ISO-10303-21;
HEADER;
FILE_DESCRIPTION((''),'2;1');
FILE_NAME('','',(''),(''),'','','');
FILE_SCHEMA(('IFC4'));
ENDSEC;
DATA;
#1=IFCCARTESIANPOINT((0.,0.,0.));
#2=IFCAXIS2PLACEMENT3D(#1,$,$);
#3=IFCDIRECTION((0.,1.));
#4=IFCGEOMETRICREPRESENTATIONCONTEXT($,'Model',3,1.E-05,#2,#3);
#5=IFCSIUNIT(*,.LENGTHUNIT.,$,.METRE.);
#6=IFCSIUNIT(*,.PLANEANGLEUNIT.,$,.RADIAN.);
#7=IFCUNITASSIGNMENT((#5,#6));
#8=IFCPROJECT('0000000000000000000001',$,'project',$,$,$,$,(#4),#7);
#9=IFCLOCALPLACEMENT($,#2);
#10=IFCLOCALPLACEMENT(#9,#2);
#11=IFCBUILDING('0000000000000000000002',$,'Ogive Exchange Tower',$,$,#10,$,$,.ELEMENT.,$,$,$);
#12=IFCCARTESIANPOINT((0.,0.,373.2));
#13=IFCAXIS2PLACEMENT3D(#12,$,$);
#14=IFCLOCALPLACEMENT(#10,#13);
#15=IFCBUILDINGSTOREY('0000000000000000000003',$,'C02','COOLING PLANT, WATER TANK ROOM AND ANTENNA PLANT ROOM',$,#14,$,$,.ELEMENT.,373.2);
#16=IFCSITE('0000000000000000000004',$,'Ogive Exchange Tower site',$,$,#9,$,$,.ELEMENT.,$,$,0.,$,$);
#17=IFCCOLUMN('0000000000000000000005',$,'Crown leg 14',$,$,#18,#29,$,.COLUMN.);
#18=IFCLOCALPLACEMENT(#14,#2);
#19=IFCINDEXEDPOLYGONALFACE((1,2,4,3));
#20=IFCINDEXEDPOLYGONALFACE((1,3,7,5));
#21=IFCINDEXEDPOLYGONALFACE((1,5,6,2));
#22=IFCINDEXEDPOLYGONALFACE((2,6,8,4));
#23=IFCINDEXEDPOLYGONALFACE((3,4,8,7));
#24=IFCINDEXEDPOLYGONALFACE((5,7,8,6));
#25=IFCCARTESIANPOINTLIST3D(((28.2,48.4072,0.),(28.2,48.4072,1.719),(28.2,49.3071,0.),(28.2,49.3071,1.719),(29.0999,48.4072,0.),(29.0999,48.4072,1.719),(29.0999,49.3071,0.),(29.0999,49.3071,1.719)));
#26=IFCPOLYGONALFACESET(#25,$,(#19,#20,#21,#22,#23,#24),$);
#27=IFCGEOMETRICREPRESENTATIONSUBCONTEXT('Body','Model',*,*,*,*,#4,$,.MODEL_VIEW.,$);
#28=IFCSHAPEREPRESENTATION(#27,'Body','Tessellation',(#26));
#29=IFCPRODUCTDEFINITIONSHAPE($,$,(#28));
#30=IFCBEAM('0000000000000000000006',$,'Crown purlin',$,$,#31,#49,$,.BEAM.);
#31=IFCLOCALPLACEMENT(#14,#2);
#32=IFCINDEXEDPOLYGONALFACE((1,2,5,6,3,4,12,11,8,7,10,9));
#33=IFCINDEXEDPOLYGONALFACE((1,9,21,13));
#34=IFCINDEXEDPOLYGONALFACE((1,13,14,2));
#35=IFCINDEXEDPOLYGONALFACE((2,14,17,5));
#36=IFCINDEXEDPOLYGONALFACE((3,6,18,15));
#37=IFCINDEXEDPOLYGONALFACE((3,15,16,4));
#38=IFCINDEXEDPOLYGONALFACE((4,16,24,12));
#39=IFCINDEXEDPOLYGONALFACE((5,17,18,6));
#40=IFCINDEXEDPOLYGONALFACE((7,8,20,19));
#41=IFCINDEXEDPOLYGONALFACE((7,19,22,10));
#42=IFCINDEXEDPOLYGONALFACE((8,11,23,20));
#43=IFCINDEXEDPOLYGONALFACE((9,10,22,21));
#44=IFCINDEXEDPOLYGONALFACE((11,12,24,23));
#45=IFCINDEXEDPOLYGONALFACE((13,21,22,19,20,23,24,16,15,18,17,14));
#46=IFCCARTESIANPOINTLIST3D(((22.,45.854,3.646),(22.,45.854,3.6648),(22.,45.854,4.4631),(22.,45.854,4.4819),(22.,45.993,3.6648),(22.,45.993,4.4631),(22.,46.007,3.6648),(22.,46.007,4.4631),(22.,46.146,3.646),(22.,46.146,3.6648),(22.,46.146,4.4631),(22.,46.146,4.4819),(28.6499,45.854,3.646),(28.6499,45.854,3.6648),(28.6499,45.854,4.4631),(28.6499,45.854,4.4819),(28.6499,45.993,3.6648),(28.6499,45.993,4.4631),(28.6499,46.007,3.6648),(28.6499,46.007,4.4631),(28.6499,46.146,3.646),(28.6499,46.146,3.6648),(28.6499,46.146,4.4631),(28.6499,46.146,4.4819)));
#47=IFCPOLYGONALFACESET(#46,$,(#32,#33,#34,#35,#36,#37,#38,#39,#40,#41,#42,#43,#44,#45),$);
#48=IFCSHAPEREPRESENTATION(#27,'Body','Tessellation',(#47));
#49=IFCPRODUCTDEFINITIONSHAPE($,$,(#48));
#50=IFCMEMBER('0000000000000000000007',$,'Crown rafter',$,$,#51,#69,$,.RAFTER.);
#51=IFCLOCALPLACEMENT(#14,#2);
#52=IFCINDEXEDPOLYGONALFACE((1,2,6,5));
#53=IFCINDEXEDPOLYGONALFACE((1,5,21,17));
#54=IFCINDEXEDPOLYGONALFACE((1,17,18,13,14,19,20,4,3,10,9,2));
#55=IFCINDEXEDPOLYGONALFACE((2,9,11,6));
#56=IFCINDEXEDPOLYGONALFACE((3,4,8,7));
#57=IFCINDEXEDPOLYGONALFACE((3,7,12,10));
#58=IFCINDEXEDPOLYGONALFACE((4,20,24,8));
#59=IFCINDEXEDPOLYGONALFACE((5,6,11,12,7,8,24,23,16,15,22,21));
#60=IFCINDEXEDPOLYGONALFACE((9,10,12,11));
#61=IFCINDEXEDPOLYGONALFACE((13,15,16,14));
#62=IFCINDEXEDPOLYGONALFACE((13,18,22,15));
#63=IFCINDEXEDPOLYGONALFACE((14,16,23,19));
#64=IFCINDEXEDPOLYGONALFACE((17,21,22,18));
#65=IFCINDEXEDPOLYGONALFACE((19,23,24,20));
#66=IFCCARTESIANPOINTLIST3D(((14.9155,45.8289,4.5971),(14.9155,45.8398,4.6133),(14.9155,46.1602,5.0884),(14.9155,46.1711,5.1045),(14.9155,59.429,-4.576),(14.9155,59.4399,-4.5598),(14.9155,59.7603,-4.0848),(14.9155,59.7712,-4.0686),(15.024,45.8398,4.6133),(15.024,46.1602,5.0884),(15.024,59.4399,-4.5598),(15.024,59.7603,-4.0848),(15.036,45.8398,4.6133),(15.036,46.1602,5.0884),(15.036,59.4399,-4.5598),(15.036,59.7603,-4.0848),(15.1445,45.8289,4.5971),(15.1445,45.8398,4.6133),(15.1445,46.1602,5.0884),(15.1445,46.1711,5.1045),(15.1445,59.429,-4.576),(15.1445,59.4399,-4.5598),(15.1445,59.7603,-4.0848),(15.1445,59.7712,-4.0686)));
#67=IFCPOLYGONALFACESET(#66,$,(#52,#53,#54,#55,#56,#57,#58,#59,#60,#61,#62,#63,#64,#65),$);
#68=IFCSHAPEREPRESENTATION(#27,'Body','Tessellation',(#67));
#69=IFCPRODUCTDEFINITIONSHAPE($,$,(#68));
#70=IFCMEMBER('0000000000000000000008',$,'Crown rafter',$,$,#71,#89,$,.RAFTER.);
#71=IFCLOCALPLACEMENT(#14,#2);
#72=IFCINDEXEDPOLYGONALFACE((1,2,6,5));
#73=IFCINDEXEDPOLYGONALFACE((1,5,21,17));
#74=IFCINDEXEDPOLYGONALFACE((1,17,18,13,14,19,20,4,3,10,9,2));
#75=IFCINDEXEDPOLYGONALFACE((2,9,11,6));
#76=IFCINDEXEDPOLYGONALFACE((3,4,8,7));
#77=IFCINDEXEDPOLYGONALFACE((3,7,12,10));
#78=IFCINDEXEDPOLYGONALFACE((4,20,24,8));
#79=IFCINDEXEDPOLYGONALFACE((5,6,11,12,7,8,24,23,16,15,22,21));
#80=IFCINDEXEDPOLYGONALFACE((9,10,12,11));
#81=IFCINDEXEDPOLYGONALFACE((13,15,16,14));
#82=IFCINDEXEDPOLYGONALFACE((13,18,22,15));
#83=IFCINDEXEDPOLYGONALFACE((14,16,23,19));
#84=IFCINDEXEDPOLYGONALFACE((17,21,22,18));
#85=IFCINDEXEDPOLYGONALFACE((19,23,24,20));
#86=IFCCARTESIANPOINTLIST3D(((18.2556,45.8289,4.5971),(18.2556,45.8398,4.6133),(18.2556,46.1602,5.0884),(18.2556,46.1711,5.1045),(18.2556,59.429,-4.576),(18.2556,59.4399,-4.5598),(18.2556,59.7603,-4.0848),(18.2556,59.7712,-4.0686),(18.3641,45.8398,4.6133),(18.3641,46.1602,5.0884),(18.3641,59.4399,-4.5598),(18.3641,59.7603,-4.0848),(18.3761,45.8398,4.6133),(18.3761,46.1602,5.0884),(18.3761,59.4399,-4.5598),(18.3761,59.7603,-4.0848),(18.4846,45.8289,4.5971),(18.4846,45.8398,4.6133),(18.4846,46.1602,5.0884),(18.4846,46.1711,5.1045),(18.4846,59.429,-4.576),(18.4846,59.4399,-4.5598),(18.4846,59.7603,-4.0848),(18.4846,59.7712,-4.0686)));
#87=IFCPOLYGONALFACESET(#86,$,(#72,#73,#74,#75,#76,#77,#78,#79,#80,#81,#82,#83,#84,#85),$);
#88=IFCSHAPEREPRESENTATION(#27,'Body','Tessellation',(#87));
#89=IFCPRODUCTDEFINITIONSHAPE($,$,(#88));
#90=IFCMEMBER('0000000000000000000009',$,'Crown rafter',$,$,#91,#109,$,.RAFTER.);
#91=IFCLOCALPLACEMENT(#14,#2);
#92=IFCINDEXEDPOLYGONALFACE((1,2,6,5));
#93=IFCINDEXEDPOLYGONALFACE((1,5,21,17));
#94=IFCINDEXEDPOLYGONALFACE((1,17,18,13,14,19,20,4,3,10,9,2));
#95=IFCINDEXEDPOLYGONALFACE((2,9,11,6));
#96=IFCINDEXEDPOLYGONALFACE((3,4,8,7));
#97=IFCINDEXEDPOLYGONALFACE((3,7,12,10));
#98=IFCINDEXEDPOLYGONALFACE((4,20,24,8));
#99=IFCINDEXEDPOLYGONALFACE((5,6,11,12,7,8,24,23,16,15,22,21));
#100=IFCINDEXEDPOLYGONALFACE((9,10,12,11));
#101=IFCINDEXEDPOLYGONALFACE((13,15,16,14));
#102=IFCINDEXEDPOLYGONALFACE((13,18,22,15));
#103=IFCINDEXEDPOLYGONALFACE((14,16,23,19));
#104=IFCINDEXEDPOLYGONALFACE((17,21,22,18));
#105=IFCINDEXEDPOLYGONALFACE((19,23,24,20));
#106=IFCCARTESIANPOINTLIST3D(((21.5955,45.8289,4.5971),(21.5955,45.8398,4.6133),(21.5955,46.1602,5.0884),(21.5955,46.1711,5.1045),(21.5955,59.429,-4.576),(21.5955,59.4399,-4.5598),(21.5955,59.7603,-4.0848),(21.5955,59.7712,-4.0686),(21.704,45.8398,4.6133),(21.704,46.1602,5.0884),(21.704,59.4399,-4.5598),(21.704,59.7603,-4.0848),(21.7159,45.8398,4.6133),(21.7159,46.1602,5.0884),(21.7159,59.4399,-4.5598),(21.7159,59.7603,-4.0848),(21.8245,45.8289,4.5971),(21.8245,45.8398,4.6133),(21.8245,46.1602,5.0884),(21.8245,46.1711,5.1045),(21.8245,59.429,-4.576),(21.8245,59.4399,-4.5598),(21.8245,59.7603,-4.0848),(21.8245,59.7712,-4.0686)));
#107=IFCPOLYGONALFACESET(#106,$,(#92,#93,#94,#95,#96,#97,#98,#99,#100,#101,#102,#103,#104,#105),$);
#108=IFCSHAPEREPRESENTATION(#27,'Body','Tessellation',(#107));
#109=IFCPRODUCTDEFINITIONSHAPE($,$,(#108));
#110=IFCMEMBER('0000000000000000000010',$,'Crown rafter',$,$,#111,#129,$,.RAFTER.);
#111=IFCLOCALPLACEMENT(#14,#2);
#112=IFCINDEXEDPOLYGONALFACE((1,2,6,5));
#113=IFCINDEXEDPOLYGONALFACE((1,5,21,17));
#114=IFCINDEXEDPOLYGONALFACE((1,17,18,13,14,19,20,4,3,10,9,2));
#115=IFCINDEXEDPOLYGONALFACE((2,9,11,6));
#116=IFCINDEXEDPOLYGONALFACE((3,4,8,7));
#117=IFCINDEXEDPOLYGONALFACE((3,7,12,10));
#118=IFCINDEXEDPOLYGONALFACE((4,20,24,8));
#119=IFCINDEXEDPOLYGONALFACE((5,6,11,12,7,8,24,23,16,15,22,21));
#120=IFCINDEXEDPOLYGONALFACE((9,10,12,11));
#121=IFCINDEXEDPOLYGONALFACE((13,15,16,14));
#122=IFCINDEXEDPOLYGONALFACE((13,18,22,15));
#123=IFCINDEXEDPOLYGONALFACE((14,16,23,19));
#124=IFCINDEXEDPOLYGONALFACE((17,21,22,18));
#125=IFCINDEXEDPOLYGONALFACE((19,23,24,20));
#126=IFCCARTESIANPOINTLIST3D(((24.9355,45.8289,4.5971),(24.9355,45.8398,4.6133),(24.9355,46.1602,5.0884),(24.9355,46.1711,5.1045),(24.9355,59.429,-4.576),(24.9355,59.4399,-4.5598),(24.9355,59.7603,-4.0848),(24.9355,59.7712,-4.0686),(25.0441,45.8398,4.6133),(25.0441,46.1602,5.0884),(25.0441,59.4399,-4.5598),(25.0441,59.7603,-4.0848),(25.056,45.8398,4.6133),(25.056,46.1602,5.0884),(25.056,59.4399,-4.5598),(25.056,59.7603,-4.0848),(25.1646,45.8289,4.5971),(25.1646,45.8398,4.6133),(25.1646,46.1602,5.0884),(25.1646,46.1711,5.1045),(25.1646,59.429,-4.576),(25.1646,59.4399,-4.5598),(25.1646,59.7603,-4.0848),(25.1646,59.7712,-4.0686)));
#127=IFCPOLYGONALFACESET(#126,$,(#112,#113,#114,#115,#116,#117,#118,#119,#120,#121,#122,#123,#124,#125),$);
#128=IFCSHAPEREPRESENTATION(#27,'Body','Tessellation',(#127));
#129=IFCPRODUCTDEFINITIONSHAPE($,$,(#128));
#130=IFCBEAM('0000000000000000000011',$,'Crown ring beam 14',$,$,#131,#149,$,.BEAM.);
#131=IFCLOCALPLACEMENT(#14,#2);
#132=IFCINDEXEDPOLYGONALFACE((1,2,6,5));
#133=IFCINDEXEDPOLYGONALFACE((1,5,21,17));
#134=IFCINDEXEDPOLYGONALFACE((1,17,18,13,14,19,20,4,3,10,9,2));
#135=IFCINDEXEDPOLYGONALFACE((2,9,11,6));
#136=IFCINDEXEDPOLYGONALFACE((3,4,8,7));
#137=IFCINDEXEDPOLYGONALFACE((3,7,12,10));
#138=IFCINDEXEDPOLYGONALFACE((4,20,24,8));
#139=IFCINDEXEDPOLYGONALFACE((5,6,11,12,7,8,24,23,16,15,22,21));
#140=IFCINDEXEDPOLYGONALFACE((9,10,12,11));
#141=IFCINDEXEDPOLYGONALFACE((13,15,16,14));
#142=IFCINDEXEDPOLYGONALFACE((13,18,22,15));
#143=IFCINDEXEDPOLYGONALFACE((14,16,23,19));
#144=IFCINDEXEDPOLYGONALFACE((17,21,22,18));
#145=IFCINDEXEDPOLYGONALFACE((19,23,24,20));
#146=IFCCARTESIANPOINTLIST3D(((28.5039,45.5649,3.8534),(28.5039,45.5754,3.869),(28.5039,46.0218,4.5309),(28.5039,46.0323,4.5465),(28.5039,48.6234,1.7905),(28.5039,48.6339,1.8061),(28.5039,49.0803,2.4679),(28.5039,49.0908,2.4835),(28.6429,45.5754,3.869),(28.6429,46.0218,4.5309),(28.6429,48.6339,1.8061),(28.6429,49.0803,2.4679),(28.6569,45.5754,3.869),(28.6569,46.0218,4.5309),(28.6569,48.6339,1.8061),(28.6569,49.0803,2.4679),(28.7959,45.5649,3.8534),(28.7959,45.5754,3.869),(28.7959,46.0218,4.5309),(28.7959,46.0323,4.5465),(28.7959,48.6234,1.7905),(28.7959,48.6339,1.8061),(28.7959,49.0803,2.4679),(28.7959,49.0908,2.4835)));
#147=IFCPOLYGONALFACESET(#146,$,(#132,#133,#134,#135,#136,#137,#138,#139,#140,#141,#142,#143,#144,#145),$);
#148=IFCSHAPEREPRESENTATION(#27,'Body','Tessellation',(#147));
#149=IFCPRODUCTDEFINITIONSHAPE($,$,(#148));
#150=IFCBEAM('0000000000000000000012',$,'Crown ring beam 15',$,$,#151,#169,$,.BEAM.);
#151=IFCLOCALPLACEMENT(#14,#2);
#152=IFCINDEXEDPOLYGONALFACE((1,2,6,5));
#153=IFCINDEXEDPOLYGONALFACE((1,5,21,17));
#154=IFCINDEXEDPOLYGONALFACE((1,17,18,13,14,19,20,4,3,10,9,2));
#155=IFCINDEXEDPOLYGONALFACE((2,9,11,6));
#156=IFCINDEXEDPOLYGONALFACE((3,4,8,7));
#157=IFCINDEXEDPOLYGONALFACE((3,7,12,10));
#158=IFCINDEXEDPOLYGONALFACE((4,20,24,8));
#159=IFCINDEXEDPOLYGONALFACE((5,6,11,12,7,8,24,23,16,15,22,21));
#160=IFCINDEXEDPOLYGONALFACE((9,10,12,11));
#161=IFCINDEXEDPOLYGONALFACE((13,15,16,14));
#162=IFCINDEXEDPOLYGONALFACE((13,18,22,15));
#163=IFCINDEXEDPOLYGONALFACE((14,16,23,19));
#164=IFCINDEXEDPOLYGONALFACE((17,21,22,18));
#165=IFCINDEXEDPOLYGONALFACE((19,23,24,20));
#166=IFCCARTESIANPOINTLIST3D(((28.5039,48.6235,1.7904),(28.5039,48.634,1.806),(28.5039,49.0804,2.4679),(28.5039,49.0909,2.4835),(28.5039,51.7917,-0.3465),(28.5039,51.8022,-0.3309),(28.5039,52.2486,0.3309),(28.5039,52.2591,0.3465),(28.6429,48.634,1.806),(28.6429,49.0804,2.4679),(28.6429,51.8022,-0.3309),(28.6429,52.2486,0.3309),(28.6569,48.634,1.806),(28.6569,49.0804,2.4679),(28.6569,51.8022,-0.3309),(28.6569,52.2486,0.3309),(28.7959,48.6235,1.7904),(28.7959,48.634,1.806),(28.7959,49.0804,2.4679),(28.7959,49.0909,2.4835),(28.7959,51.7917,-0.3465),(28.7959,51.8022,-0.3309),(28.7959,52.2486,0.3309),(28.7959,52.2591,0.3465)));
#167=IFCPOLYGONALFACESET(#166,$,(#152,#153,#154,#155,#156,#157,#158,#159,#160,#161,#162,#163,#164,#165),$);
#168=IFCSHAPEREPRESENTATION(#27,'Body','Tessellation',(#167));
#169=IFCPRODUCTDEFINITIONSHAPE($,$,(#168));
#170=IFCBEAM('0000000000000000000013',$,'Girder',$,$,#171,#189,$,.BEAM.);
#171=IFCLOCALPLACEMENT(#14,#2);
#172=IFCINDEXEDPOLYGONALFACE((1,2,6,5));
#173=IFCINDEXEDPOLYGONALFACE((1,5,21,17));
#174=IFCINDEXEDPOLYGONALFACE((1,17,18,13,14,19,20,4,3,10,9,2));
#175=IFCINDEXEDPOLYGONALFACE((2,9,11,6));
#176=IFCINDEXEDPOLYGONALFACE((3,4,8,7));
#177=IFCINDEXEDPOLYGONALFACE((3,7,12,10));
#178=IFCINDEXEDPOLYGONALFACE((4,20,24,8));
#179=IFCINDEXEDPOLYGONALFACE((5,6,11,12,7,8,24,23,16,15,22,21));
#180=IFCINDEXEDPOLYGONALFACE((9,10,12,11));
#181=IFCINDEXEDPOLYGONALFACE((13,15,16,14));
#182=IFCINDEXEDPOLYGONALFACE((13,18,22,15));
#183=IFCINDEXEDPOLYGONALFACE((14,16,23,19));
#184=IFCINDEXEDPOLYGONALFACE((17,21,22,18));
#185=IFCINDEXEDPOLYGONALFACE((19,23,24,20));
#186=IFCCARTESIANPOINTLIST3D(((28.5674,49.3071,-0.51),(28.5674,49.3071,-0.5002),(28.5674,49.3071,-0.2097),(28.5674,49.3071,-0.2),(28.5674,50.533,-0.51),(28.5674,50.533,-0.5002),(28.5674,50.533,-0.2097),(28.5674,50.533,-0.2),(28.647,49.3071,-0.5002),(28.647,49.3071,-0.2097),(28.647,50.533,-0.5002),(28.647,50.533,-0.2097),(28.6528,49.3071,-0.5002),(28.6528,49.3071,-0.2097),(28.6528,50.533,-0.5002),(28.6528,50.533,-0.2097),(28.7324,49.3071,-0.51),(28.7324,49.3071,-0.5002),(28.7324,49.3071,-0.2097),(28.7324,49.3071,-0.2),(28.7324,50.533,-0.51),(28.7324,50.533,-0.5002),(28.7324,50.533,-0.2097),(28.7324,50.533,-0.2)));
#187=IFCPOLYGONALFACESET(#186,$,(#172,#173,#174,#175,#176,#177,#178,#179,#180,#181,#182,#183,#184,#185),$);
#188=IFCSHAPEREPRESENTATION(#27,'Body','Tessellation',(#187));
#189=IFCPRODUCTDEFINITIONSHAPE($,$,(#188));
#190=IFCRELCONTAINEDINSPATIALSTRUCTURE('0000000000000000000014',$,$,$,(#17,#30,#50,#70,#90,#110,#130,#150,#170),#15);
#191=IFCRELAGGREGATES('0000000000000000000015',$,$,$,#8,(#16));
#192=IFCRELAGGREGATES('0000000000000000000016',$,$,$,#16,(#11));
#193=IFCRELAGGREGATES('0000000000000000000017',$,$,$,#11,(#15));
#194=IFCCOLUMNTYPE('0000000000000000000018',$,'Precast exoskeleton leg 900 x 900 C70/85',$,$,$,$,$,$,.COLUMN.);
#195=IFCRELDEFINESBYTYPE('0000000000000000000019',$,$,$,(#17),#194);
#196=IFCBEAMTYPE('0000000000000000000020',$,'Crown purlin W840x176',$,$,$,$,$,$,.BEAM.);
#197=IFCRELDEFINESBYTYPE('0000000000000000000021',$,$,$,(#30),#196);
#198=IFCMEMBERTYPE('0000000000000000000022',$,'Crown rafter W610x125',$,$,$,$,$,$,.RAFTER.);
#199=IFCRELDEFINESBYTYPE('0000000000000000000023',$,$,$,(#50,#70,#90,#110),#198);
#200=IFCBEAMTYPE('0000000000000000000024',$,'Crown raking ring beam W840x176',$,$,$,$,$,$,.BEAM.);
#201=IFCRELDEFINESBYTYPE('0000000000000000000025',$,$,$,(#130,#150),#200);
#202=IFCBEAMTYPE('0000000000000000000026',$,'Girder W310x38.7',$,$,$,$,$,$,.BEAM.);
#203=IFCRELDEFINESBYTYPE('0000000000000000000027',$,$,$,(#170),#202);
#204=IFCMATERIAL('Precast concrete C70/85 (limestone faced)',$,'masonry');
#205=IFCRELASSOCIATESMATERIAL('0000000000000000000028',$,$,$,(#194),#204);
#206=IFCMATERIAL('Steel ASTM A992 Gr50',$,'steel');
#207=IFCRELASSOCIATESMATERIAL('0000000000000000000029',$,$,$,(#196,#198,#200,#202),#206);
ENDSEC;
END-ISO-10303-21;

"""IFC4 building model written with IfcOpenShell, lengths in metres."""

from ifc_helpers import new_model, si_unit, direction, frame, origin, origin_2d, place, context, subcontext, project, spatial, rectangle, i_section, extrude, material, material_profile, profile_set, type_object, element, save


model = new_model("IFC4")

# Units and contexts
model_context = context("Model", 3, precision=1e-05, world=origin(), true_north=direction((0.0, 1.0)))
body_context = subcontext(model_context, "Body", "Model", "MODEL_VIEW")
ifc_project = project(units=[si_unit("LENGTHUNIT", "METRE"), si_unit("PLANEANGLEUNIT", "RADIAN")], contexts=[model_context])

# Site, building, storey
site_placement = place(None, origin())
site = spatial("IfcSite", under=ifc_project, at=site_placement, Name="Ogive Exchange Tower site", CompositionType="ELEMENT", RefElevation=0.0)
building_placement = place(site_placement, origin())
building = spatial("IfcBuilding", under=site, at=building_placement, Name="Ogive Exchange Tower", CompositionType="ELEMENT")
storey_placement = place(building_placement, frame((0.0, 0.0, 373.2)))
storey = spatial("IfcBuildingStorey", under=building, at=storey_placement, Name="C02", Description="COOLING PLANT, WATER TANK ROOM AND ANTENNA PLANT ROOM", CompositionType="ELEMENT", Elevation=373.2)

# Column
ifc_material_1 = material(Name="Precast concrete C70/85 (limestone faced)", Category="masonry")
ifc_material_profile_1 = material_profile(ifc_material_1, rectangle(XDim=0.8999, YDim=0.8999, at=origin_2d()), Name="900 x 900")
ifc_profile_set_1 = profile_set([ifc_material_profile_1], Name="Precast concrete C70/85 (limestone faced)")
column_type = type_object("IfcColumnType", Name="Precast exoskeleton leg 900 x 900 C70/85", PredefinedType="COLUMN", material=ifc_profile_set_1)
column_placement = place(storey_placement, frame((28.6499, 48.8572, 0.0), z_axis=(0.0, 0.0, 1.0), x_axis=(1.0, 0.0, 0.0)))
element("IfcColumn", 1, at=column_placement, inside=storey, type_object=column_type, Name="Crown leg 14", PredefinedType="COLUMN", context=body_context, shape_type="SweptSolid", body=[
    extrude(rectangle(XDim=0.8999, YDim=0.8999, at=origin_2d()), origin(), (0.0, 0.0, 1.0), 1.719),
])

# Beam
ifc_material_2 = material(Name="Steel ASTM A992 Gr50", Category="steel")
ifc_material_profile_2 = material_profile(ifc_material_2, i_section(OverallWidth=0.292, OverallDepth=0.8359, WebThickness=0.0139, FlangeThickness=0.0188, at=origin_2d()), Name="W840x176")
ifc_profile_set_2 = profile_set([ifc_material_profile_2], Name="Steel ASTM A992 Gr50")
beam_type_1 = type_object("IfcBeamType", Name="Crown purlin W840x176", PredefinedType="BEAM", material=ifc_profile_set_2)
beam_1_placement = place(storey_placement, frame((22.0, 46.0, 4.064), z_axis=(1.0, 0.0, 0.0), x_axis=(0.0, 1.0, 0.0)))
element("IfcBeam", 2, at=beam_1_placement, inside=storey, type_object=beam_type_1, Name="Crown purlin", PredefinedType="BEAM", context=body_context, shape_type="SweptSolid", body=[
    extrude(i_section(OverallWidth=0.292, OverallDepth=0.8359, WebThickness=0.0139, FlangeThickness=0.0188, at=origin_2d()), origin(), (0.0, 0.0, 1.0), 6.6499),
])

# Members
ifc_material_profile_3 = material_profile(ifc_material_2, i_section(OverallWidth=0.229, OverallDepth=0.6121, WebThickness=0.012, FlangeThickness=0.0195, at=origin_2d()), Name="W610x125")
ifc_profile_set_3 = profile_set([ifc_material_profile_3], Name="Steel ASTM A992 Gr50")
member_type = type_object("IfcMemberType", Name="Crown rafter W610x125", PredefinedType="RAFTER", material=ifc_profile_set_3)
for number, where, z_axis, x_axis, name in (
    (3, (15.03, 46.0, 4.8508), (0.0, 0.829046, -0.559181), (-1.0, 0.0, 0.0), "Crown rafter"),
    (4, (18.3701, 46.0, 4.8508), (0.0, 0.829046, -0.559181), (-1.0, 0.0, 0.0), "Crown rafter"),
    (5, (21.71, 46.0, 4.8508), (0.0, 0.829046, -0.559181), (-1.0, 0.0, 0.0), "Crown rafter"),
    (6, (25.05, 46.0, 4.8508), (0.0, 0.829046, -0.559181), (-1.0, 0.0, 0.0), "Crown rafter"),
):
    element("IfcMember", number, at=place(storey_placement, frame(where, z_axis=z_axis, x_axis=x_axis)), inside=storey, type_object=member_type, Name=name, PredefinedType="RAFTER", context=body_context, shape_type="SweptSolid", body=[
        extrude(i_section(OverallWidth=0.229, OverallDepth=0.6121, WebThickness=0.012, FlangeThickness=0.0195, at=origin_2d()), origin(), (0.0, 0.0, 1.0), 16.4045),
    ])

# Beams
ifc_material_profile_4 = material_profile(ifc_material_2, i_section(OverallWidth=0.292, OverallDepth=0.8359, WebThickness=0.0139, FlangeThickness=0.0188, at=origin_2d()), Name="W840x176")
ifc_profile_set_4 = profile_set([ifc_material_profile_4], Name="Steel ASTM A992 Gr50")
beam_type_2 = type_object("IfcBeamType", Name="Crown raking ring beam W840x176", PredefinedType="BEAM", material=ifc_profile_set_4)
beam_2_placement = place(storey_placement, frame((28.6499, 45.7986, 4.2), z_axis=(0.0, 0.829045, -0.559182), x_axis=(-1.0, 0.0, 0.0)))
element("IfcBeam", 7, at=beam_2_placement, inside=storey, type_object=beam_type_2, Name="Crown ring beam 14", PredefinedType="BEAM", context=body_context, shape_type="SweptSolid", body=[
    extrude(i_section(OverallWidth=0.292, OverallDepth=0.8359, WebThickness=0.0139, FlangeThickness=0.0188, at=origin_2d()), origin(), (0.0, 0.0, 1.0), 3.6892),
])
beam_3_placement = place(storey_placement, frame((28.6499, 48.8572, 2.137), z_axis=(0.0, 0.82904, -0.559189), x_axis=(-1.0, 0.0, 0.0)))
element("IfcBeam", 8, at=beam_3_placement, inside=storey, type_object=beam_type_2, Name="Crown ring beam 15", PredefinedType="BEAM", context=body_context, shape_type="SweptSolid", body=[
    extrude(i_section(OverallWidth=0.292, OverallDepth=0.8359, WebThickness=0.0139, FlangeThickness=0.0188, at=origin_2d()), origin(), (0.0, 0.0, 1.0), 3.8215),
])
ifc_material_profile_5 = material_profile(ifc_material_2, i_section(OverallWidth=0.165, OverallDepth=0.3101, WebThickness=0.0059, FlangeThickness=0.0098, at=origin_2d()), Name="W310x38.7")
ifc_profile_set_5 = profile_set([ifc_material_profile_5], Name="Steel ASTM A992 Gr50")
beam_type_3 = type_object("IfcBeamType", Name="Girder W310x38.7", PredefinedType="BEAM", material=ifc_profile_set_5)
beam_4_placement = place(storey_placement, frame((28.6499, 49.3071, -0.355), z_axis=(0.0, 1.0, 0.0), x_axis=(-1.0, 0.0, 0.0)))
element("IfcBeam", 9, at=beam_4_placement, inside=storey, type_object=beam_type_3, Name="Girder", PredefinedType="BEAM", context=body_context, shape_type="SweptSolid", body=[
    extrude(i_section(OverallWidth=0.165, OverallDepth=0.3101, WebThickness=0.0059, FlangeThickness=0.0098, at=origin_2d()), origin(), (0.0, 0.0, 1.0), 1.2258),
])

save(model, "model.ifc")
